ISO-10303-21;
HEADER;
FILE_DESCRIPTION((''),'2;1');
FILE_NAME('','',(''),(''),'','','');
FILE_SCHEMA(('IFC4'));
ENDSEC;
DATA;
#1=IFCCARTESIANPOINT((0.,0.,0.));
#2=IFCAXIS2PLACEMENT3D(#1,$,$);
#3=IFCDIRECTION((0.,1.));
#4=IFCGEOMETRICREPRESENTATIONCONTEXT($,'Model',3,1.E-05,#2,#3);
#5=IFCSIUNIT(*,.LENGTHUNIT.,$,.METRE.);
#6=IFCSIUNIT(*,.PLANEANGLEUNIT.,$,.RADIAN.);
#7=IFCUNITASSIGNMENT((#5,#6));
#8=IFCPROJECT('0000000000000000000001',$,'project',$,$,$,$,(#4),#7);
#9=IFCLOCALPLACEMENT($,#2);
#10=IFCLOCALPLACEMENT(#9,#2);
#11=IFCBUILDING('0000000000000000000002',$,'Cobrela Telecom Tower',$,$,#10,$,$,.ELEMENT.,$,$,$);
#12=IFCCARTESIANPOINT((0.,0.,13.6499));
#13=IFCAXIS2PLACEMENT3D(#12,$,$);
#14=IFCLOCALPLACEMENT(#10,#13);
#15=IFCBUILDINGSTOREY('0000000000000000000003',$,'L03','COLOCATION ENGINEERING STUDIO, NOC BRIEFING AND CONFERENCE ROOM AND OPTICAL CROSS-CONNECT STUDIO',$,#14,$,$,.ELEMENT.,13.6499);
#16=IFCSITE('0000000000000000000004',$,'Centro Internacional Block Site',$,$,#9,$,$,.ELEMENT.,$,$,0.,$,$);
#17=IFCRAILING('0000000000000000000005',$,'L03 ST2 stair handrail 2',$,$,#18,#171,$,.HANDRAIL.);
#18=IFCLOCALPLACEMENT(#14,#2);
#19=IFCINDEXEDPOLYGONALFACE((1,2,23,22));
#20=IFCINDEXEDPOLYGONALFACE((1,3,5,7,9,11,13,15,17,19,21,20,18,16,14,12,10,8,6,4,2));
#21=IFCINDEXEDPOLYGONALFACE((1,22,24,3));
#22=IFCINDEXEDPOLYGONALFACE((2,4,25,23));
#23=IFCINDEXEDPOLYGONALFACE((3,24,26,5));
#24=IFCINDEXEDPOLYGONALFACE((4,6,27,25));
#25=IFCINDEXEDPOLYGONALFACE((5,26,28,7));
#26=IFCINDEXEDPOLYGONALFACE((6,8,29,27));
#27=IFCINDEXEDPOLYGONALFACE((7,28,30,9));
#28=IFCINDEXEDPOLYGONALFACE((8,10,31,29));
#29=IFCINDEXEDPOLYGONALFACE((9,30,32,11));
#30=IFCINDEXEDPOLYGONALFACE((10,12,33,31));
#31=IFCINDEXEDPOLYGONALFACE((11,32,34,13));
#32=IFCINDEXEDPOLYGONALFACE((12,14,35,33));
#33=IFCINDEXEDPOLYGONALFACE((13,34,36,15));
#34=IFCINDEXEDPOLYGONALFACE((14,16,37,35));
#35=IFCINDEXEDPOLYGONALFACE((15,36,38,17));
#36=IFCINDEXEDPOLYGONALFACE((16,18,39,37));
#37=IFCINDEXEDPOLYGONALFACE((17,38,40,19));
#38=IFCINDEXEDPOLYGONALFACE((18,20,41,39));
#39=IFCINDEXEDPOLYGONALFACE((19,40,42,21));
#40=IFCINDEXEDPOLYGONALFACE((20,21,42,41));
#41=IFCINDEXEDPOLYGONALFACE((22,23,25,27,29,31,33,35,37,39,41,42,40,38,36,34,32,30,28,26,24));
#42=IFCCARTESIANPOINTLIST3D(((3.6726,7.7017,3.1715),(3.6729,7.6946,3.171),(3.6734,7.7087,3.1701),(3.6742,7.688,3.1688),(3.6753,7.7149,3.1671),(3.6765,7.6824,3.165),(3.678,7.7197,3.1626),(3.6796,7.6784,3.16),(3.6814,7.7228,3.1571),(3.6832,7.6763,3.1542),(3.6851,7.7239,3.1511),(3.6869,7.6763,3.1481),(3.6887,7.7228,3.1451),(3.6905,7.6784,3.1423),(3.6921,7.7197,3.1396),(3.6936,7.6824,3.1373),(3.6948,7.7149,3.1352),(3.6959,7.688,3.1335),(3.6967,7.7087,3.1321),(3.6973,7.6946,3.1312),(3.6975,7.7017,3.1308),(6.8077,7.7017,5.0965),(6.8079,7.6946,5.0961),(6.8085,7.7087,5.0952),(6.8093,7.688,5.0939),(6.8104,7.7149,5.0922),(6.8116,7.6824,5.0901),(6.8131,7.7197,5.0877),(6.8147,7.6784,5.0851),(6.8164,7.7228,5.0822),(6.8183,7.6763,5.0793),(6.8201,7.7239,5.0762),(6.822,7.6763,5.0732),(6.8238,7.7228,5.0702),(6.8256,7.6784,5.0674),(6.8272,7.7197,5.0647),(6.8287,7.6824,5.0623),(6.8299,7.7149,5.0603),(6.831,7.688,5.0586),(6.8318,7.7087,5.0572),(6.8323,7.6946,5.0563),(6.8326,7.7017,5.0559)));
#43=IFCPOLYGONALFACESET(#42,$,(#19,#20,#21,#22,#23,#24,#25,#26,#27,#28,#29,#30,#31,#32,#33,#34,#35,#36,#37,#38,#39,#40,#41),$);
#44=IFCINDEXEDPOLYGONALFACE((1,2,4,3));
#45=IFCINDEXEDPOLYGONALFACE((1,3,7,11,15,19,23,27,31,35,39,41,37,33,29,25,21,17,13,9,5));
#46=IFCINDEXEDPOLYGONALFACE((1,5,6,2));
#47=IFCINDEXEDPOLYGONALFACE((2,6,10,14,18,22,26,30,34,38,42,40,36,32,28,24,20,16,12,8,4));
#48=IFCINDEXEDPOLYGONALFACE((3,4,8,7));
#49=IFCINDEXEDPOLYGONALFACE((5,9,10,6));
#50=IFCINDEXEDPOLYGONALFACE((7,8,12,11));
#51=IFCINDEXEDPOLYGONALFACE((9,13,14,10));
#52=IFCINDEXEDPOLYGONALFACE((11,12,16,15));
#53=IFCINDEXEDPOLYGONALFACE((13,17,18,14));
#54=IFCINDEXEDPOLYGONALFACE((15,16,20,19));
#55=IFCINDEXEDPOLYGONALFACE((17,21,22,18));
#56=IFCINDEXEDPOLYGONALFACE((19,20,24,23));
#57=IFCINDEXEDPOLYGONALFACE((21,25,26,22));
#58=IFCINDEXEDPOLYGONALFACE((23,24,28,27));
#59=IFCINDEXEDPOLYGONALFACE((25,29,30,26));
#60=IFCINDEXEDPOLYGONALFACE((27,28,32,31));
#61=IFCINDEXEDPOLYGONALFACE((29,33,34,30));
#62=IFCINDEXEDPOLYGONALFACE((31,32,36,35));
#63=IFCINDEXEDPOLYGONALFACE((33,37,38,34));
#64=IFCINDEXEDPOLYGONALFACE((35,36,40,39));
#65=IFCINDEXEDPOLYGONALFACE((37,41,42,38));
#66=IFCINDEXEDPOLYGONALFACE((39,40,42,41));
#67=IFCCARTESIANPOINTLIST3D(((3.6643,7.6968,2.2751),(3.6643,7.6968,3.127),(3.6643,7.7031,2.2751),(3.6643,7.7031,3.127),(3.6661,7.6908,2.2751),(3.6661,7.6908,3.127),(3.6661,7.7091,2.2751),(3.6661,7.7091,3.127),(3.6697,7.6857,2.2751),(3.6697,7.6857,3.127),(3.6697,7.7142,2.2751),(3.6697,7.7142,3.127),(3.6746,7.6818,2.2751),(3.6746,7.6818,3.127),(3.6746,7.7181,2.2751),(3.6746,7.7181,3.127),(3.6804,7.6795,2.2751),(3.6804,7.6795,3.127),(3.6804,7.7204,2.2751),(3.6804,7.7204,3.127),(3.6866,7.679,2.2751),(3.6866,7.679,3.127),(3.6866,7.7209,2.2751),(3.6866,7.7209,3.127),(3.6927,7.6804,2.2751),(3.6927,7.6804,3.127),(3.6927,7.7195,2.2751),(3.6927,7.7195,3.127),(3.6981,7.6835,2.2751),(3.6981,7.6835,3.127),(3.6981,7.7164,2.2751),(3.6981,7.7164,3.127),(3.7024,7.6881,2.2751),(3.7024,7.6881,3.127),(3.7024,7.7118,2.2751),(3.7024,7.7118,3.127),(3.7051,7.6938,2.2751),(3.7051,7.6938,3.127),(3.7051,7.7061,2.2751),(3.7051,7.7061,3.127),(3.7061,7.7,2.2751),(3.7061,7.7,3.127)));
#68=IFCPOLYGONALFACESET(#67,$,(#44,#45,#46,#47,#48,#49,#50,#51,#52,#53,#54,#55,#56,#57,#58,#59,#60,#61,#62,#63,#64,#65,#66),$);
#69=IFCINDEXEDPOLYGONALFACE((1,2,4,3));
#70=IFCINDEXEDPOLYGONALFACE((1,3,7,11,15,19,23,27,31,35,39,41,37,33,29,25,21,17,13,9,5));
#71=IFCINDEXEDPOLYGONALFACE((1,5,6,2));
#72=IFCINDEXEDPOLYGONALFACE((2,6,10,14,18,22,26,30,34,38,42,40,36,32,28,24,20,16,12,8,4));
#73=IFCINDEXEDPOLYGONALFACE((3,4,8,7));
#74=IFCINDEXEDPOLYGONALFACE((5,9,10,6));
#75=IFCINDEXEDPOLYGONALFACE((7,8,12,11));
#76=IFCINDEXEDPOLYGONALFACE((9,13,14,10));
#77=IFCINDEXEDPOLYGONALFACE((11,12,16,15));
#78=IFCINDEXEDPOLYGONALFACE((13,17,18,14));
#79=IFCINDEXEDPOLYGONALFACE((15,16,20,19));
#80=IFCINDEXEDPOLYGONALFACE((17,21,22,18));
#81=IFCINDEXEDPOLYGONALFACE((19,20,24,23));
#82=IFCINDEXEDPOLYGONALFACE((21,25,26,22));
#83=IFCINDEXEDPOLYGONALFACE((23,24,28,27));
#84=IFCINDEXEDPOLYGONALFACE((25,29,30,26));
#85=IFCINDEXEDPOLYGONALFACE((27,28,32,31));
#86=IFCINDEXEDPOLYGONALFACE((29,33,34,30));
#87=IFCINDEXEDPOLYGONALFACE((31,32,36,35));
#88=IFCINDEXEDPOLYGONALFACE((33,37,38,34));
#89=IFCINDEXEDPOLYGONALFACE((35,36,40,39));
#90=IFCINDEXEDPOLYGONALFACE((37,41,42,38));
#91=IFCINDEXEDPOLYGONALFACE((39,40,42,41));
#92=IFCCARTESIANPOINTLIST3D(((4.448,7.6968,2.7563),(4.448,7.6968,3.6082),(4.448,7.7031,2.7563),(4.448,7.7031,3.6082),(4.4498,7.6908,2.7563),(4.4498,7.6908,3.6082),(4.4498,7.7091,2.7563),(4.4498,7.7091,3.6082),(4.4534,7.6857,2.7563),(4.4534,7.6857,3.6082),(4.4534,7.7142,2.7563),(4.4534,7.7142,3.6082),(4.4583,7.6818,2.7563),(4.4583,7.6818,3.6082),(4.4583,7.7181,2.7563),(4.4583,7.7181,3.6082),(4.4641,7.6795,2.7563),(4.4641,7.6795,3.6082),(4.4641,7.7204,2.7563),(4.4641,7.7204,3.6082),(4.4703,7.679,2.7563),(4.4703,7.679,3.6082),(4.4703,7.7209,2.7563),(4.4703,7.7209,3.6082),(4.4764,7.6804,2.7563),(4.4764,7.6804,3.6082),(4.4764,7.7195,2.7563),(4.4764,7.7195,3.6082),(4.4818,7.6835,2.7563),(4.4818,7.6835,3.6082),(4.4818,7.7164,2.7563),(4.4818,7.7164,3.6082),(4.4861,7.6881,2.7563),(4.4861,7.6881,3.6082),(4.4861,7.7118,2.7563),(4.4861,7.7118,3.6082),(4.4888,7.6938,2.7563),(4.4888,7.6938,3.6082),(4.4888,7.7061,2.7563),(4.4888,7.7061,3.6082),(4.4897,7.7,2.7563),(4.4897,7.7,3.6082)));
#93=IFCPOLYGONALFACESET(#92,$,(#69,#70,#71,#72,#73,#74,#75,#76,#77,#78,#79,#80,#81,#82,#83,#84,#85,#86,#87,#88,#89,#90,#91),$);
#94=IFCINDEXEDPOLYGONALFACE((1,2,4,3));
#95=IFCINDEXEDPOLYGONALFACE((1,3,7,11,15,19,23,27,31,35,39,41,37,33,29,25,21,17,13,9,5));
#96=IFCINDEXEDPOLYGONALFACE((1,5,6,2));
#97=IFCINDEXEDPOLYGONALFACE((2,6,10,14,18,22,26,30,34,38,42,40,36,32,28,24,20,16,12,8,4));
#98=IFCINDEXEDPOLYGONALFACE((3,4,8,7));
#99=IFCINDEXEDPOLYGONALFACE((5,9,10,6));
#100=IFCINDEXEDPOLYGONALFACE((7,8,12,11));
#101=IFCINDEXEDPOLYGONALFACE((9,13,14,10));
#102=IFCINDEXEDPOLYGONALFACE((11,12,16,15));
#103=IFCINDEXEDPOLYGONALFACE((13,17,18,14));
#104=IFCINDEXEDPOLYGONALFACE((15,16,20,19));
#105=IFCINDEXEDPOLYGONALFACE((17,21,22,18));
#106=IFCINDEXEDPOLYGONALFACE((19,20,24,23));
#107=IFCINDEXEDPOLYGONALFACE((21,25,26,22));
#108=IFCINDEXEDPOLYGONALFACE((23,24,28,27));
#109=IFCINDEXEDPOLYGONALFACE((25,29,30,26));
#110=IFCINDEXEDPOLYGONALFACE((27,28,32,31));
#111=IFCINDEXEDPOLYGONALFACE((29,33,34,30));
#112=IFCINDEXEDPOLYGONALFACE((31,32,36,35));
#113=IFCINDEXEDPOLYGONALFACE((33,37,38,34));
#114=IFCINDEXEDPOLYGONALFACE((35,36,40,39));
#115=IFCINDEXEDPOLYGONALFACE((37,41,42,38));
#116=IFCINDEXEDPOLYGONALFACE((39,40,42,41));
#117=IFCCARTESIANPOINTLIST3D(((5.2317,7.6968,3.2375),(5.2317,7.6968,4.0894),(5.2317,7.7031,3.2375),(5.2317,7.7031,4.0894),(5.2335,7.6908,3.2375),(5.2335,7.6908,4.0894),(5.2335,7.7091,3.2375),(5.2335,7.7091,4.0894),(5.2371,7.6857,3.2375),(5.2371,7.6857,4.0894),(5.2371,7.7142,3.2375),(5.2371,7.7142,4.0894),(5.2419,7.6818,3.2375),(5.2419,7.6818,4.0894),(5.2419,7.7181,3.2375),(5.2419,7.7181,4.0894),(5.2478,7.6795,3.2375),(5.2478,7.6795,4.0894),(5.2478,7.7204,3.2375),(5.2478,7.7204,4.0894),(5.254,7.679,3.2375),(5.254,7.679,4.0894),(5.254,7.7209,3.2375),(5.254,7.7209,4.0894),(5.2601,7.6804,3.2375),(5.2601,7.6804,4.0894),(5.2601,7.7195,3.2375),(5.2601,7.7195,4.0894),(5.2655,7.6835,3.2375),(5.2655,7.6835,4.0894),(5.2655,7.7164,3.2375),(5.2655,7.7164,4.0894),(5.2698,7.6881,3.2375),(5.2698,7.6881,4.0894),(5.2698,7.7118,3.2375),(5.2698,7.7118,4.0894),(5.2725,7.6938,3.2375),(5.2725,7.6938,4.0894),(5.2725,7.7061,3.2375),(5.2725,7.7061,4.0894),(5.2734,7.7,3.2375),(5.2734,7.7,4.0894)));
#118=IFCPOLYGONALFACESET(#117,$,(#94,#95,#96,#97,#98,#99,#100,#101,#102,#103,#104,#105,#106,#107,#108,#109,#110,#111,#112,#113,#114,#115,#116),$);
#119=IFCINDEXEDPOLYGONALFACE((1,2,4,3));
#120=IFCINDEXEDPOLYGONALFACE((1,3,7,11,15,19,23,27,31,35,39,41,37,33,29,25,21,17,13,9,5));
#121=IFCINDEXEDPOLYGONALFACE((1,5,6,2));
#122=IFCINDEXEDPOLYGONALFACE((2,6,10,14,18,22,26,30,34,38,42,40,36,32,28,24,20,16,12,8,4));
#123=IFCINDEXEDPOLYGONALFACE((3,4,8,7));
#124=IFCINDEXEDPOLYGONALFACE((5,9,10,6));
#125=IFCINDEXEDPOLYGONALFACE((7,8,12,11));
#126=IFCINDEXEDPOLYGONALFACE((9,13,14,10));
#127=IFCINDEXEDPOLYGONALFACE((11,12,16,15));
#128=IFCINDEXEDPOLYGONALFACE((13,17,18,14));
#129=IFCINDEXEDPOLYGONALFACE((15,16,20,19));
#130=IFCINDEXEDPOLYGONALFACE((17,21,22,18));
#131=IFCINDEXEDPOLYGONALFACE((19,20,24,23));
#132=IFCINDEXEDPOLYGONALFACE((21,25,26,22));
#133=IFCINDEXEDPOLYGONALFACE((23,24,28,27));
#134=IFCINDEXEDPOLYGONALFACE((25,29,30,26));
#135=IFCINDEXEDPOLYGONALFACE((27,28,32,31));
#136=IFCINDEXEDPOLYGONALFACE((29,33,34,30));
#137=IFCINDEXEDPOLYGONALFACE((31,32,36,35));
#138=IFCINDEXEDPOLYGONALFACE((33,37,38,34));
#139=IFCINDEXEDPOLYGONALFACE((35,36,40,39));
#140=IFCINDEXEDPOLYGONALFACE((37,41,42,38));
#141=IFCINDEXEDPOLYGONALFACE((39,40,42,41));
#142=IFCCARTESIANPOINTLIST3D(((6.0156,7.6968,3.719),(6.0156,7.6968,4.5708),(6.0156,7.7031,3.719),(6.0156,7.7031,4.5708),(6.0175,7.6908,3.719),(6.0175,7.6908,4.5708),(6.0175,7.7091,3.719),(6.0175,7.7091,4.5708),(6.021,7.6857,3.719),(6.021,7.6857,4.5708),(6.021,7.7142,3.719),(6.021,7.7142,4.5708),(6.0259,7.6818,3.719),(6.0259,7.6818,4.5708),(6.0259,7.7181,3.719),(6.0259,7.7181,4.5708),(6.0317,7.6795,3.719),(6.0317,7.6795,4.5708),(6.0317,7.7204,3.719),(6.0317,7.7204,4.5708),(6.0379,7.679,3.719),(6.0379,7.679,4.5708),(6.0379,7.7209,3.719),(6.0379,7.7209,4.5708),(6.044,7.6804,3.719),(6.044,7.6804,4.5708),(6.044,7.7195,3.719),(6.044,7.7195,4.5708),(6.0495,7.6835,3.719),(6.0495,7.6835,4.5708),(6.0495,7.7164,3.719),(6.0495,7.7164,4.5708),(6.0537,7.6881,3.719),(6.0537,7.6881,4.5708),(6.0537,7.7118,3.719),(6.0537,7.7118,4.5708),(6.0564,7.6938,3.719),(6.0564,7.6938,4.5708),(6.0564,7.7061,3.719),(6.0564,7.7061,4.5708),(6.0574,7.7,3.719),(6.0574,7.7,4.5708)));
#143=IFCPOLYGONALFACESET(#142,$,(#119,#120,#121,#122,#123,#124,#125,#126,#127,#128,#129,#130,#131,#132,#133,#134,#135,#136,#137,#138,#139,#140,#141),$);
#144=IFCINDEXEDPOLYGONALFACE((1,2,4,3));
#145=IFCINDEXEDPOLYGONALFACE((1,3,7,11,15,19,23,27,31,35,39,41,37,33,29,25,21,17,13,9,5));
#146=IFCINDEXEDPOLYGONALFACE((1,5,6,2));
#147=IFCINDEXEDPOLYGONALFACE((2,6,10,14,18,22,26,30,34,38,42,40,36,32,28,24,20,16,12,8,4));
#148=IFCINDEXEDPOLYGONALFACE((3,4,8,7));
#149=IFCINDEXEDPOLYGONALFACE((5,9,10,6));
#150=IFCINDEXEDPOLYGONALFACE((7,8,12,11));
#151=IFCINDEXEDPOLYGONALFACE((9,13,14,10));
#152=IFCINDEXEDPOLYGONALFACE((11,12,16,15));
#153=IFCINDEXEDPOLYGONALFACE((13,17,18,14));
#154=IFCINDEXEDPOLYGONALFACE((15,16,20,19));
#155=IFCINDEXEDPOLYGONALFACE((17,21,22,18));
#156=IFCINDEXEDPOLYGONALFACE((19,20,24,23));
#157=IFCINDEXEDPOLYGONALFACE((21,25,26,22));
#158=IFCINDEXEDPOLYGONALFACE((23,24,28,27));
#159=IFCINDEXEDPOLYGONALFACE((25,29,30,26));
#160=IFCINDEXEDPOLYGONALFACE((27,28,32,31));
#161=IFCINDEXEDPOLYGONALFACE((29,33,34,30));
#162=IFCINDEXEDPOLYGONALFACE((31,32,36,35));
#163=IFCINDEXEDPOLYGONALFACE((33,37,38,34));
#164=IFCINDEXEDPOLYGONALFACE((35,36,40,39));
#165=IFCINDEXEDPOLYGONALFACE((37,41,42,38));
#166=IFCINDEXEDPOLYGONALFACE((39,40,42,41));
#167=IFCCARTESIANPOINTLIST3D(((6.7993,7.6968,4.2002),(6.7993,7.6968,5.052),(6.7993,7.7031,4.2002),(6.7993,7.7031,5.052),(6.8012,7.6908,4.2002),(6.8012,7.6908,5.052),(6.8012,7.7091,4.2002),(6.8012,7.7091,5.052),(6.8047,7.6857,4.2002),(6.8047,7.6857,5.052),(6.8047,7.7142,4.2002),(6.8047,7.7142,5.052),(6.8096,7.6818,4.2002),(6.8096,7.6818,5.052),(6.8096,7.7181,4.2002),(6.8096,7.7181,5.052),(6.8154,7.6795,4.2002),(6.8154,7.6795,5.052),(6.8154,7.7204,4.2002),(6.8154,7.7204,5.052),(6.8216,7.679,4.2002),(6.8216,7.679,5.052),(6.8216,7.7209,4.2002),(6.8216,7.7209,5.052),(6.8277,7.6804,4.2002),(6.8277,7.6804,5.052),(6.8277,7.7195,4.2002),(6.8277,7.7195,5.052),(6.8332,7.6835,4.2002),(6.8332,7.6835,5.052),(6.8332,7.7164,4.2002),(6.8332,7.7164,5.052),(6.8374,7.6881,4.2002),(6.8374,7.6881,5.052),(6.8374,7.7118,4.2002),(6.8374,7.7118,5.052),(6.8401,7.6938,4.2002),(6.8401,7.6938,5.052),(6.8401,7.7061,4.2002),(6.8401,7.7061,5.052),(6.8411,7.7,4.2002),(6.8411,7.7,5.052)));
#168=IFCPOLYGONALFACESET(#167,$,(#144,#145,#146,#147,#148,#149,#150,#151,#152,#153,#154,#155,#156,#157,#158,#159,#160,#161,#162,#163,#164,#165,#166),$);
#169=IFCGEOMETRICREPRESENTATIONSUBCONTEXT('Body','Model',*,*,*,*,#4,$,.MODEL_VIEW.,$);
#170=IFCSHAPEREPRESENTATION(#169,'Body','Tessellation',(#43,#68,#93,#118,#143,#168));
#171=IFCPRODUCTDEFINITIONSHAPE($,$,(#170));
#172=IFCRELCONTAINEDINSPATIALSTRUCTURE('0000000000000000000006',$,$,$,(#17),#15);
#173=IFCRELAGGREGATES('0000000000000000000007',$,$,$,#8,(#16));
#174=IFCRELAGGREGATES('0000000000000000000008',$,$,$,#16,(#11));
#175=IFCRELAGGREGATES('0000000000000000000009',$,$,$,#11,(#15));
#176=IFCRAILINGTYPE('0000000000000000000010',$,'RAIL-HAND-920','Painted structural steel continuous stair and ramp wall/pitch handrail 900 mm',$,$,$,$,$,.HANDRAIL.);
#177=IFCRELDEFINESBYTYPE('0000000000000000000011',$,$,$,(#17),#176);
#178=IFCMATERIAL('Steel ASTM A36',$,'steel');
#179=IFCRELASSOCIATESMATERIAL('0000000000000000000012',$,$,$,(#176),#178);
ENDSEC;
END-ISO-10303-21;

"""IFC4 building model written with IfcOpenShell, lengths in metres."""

from ifc_helpers import new_model, si_unit, direction, frame, origin, origin_2d, place, context, subcontext, project, spatial, circle, extrude, material, type_object, element, save


model = new_model("IFC4")

# Units and contexts
model_context = context("Model", 3, precision=1e-05, world=origin(), true_north=direction((0.0, 1.0)))
body_context = subcontext(model_context, "Body", "Model", "MODEL_VIEW")
ifc_project = project(units=[si_unit("LENGTHUNIT", "METRE"), si_unit("PLANEANGLEUNIT", "RADIAN")], contexts=[model_context])

# Site, building, storey
site_placement = place(None, origin())
site = spatial("IfcSite", under=ifc_project, at=site_placement, Name="Centro Internacional Block Site", CompositionType="ELEMENT", RefElevation=0.0)
building_placement = place(site_placement, origin())
building = spatial("IfcBuilding", under=site, at=building_placement, Name="Cobrela Telecom Tower", CompositionType="ELEMENT")
storey_placement = place(building_placement, frame((0.0, 0.0, 13.6499)))
storey = spatial("IfcBuildingStorey", under=building, at=storey_placement, Name="L03", Description="COLOCATION ENGINEERING STUDIO, NOC BRIEFING AND CONFERENCE ROOM AND OPTICAL CROSS-CONNECT STUDIO", CompositionType="ELEMENT", Elevation=13.6499)

# Railing
ifc_material_1 = material(Name="Steel ASTM A36", Category="steel")
railing_type_1 = type_object("IfcRailingType", Name="RAIL-HAND-920", Description="Painted structural steel continuous stair and ramp wall/pitch handrail 900 mm", PredefinedType="HANDRAIL", material=ifc_material_1)
railing_1_placement = place(storey_placement, frame((3.6851, 7.7, 2.2751)))
element("IfcRailing", 1, at=railing_1_placement, inside=storey, type_object=railing_type_1, Name="L03 ST2 stair handrail 2", PredefinedType="HANDRAIL", context=body_context, shape_type="SweptSolid", body=[
    extrude(circle(Radius=0.0239, at=origin_2d()), frame((0.0, 0.0, 0.876), z_axis=(0.852166, 0.0, 0.523271), x_axis=(0.0, 1.0, 0.0)), (0.0, 0.0, 1.0), 3.679),
    extrude(circle(Radius=0.021, at=origin_2d()), origin(), (0.0, 0.0, 1.0), 0.8518),
    extrude(circle(Radius=0.021, at=origin_2d()), frame((0.7837, 0.0, 0.4812)), (0.0, 0.0, 1.0), 0.8518),
    extrude(circle(Radius=0.021, at=origin_2d()), frame((1.5674, 0.0, 0.9624)), (0.0, 0.0, 1.0), 0.8518),
    extrude(circle(Radius=0.021, at=origin_2d()), frame((2.3513, 0.0, 1.4438)), (0.0, 0.0, 1.0), 0.8518),
    extrude(circle(Radius=0.021, at=origin_2d()), frame((3.135, 0.0, 1.925)), (0.0, 0.0, 1.0), 0.8518),
])

save(model, "model.ifc")
